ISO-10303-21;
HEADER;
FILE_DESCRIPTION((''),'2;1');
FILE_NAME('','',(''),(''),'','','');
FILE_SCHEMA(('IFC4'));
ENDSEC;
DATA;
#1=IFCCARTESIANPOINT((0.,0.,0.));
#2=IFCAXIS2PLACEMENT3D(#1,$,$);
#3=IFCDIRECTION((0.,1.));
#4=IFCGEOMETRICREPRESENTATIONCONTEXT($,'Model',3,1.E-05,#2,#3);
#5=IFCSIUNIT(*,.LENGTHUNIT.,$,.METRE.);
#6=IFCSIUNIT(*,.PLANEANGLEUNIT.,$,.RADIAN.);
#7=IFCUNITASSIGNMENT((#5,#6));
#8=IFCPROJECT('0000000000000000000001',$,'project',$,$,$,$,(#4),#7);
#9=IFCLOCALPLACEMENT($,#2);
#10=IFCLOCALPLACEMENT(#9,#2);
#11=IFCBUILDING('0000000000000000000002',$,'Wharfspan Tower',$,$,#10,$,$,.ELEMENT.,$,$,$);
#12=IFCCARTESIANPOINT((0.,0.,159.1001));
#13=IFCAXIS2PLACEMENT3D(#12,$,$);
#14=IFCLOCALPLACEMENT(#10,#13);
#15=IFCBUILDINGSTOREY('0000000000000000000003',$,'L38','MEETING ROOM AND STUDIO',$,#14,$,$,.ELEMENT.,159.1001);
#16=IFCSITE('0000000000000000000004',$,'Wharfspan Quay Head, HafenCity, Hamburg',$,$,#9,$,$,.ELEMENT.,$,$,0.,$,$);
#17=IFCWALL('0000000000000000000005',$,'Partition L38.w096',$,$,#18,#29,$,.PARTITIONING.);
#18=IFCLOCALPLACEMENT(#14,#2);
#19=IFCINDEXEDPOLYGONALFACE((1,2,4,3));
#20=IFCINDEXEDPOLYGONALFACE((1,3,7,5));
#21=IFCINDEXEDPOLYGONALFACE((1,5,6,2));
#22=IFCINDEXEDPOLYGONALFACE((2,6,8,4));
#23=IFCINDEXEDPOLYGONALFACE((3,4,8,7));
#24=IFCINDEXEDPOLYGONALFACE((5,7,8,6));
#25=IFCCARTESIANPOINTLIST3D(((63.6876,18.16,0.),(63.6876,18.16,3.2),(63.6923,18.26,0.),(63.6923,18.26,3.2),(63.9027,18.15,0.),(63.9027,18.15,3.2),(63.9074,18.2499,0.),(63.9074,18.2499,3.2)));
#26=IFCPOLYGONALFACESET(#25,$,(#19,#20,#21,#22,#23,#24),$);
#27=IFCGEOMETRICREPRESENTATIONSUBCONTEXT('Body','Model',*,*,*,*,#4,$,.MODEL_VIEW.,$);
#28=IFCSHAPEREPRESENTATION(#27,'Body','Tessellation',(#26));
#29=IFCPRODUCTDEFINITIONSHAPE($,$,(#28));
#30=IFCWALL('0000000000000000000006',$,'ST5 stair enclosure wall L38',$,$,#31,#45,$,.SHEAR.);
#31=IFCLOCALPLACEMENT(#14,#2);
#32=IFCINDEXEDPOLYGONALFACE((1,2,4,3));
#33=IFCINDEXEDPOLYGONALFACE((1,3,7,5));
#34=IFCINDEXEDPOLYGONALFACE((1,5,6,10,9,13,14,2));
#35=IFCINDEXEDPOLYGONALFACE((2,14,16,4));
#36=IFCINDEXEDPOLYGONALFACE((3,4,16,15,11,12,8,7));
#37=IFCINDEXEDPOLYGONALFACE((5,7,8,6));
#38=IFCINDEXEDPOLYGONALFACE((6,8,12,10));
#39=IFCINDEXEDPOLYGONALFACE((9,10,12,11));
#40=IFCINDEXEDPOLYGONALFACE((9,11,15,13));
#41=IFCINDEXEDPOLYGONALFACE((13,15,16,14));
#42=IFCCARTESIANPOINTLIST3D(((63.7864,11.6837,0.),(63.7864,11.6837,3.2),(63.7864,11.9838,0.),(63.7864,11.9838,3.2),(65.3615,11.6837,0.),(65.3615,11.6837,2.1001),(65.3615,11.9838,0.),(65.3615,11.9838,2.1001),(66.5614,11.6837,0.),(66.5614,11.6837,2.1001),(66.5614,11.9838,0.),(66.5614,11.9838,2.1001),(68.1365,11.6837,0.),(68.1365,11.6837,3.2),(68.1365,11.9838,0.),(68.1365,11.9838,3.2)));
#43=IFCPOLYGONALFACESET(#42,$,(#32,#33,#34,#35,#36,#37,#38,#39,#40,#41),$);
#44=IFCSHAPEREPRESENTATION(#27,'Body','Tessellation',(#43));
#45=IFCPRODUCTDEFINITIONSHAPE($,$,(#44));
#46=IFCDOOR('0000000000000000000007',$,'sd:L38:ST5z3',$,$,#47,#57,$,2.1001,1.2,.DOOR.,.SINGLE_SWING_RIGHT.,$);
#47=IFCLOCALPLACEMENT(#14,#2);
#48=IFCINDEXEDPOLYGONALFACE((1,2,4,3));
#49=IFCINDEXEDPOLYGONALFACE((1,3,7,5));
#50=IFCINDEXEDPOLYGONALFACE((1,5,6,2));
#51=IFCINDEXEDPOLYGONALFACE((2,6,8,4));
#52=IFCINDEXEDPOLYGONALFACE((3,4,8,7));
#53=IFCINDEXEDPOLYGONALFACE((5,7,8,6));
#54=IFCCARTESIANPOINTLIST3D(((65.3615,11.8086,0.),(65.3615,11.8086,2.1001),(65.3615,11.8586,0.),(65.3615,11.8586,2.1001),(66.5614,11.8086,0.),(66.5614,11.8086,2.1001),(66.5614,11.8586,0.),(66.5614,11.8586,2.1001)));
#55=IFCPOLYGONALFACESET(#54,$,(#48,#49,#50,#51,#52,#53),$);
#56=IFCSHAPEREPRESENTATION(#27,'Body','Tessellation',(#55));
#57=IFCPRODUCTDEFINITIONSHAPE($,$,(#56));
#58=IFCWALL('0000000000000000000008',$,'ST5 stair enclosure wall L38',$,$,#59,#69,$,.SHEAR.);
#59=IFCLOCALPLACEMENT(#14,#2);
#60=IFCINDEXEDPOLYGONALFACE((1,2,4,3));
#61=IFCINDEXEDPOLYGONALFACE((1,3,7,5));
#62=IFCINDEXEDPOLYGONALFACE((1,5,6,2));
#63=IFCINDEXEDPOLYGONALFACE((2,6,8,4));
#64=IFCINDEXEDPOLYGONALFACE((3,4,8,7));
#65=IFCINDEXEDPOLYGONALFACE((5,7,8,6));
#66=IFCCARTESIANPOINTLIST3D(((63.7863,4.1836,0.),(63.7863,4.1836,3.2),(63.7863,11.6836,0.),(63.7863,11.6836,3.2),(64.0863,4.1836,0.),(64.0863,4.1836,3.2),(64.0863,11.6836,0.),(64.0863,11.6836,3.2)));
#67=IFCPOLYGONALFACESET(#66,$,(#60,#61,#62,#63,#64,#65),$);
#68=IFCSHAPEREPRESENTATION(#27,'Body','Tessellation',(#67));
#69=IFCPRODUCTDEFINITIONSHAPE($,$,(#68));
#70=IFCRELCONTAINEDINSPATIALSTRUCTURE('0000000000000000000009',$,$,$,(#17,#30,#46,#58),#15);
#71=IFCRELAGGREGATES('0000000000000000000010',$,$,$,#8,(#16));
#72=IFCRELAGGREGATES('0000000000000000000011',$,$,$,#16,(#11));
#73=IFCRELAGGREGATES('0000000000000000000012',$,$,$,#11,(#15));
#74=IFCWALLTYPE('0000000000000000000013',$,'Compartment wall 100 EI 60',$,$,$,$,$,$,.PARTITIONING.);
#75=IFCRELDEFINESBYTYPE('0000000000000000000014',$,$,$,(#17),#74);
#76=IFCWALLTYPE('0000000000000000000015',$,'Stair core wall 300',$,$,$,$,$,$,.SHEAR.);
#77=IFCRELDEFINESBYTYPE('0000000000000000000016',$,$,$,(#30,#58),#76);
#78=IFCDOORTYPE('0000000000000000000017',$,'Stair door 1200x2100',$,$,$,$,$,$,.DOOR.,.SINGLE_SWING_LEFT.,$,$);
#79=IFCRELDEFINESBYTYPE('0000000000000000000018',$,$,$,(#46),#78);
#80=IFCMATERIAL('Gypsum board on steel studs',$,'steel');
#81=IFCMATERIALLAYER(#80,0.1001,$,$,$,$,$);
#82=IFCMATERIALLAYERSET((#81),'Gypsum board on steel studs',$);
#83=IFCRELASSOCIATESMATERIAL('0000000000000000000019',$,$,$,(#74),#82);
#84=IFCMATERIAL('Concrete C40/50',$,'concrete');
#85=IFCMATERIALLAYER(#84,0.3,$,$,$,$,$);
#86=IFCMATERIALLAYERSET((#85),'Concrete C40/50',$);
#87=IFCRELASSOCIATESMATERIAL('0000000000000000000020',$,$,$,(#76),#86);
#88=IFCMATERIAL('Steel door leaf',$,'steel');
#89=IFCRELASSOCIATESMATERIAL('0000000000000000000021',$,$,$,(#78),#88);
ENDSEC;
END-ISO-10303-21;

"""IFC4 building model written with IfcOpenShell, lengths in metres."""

from ifc_helpers import new_model, si_unit, direction, frame, frame_2d, origin, place, context, subcontext, project, spatial, rectangle, extrude, material, layer, layer_set, type_object, element, fill, save


model = new_model("IFC4")

# Units and contexts
model_context = context("Model", 3, precision=1e-05, world=origin(), true_north=direction((0.0, 1.0)))
body_context = subcontext(model_context, "Body", "Model", "MODEL_VIEW")
ifc_project = project(units=[si_unit("LENGTHUNIT", "METRE"), si_unit("PLANEANGLEUNIT", "RADIAN")], contexts=[model_context])

# Site, building, storey
site_placement = place(None, origin())
site = spatial("IfcSite", under=ifc_project, at=site_placement, Name="Wharfspan Quay Head, HafenCity, Hamburg", CompositionType="ELEMENT", RefElevation=0.0)
building_placement = place(site_placement, origin())
building = spatial("IfcBuilding", under=site, at=building_placement, Name="Wharfspan Tower", CompositionType="ELEMENT")
storey_placement = place(building_placement, frame((0.0, 0.0, 159.1001)))
storey = spatial("IfcBuildingStorey", under=building, at=storey_placement, Name="L38", Description="MEETING ROOM AND STUDIO", CompositionType="ELEMENT", Elevation=159.1001)

# Wall
ifc_material_1 = material(Name="Gypsum board on steel studs", Category="steel")
ifc_layer_1 = layer(ifc_material_1, 0.1001)
ifc_layer_set_1 = layer_set([ifc_layer_1], Name="Gypsum board on steel studs")
wall_type_1 = type_object("IfcWallType", Name="Compartment wall 100 EI 60", PredefinedType="PARTITIONING", material=ifc_layer_set_1)
wall_1_placement = place(storey_placement, frame((63.905, 18.2, 0.0), z_axis=(0.0, 0.0, 1.0), x_axis=(-0.998923, 0.046488, 0.0)))
element("IfcWall", 1, at=wall_1_placement, inside=storey, type_object=wall_type_1, Name="Partition L38.w096", PredefinedType="PARTITIONING", context=body_context, shape_type="SweptSolid", body=[
    extrude(rectangle(XDim=0.2153, YDim=0.1001, at=frame_2d((0.1077, 0.0))), origin(), (0.0, 0.0, 1.0), 3.2),
])

# Wall, opening, door
ifc_material_2 = material(Name="Concrete C40/50", Category="concrete")
ifc_layer_2 = layer(ifc_material_2, 0.3)
ifc_layer_set_2 = layer_set([ifc_layer_2], Name="Concrete C40/50")
wall_type_2 = type_object("IfcWallType", Name="Stair core wall 300", PredefinedType="SHEAR", material=ifc_layer_set_2)
wall_2_placement = place(storey_placement, frame((63.7864, 11.8337, 0.0), z_axis=(0.0, 0.0, 1.0), x_axis=(1.0, 0.0, 0.0)))
wall_2 = element("IfcWall", 2, at=wall_2_placement, inside=storey, type_object=wall_type_2, Name="ST5 stair enclosure wall L38", PredefinedType="SHEAR", context=body_context, shape_type="SweptSolid", body=[
    extrude(rectangle(XDim=4.3501, YDim=0.3, at=frame_2d((2.175, 0.0))), origin(), (0.0, 0.0, 1.0), 3.2),
])
opening_placement = place(wall_2_placement, frame((1.575, 0.0, 0.0)))
opening = element("IfcOpeningElement", 3, at=opening_placement, cuts=wall_2, PredefinedType="OPENING", context=body_context, shape_type="SweptSolid", body=[
    extrude(rectangle(XDim=1.2, YDim=2.1001, at=frame_2d((0.6001, 1.05))), frame((0.0, 0.1599, 0.0), z_axis=(0.0, -1.0, 0.0), x_axis=(1.0, 0.0, 0.0)), (0.0, 0.0, 1.0), 0.3201),
])
ifc_material_3 = material(Name="Steel door leaf", Category="steel")
door_type = type_object("IfcDoorType", Name="Stair door 1200x2100", OperationType="SINGLE_SWING_LEFT", PredefinedType="DOOR", material=ifc_material_3)
door_placement = place(opening_placement, origin())
door = element("IfcDoor", 4, at=door_placement, inside=storey, type_object=door_type, Name="sd:L38:ST5z3", OperationType="SINGLE_SWING_RIGHT", OverallHeight=2.1001, OverallWidth=1.2, PredefinedType="DOOR", context=body_context, shape_type="SweptSolid", body=[
    extrude(rectangle(XDim=1.2, YDim=2.1001, at=frame_2d((0.6001, 1.05))), frame((0.0, 0.0249, 0.0), z_axis=(0.0, -1.0, 0.0), x_axis=(1.0, 0.0, 0.0)), (0.0, 0.0, 1.0), 0.05),
])
fill(opening, door)

# Wall
wall_3_placement = place(storey_placement, frame((63.9363, 4.1836, 0.0), z_axis=(0.0, 0.0, 1.0), x_axis=(0.0, 1.0, 0.0)))
element("IfcWall", 5, at=wall_3_placement, inside=storey, type_object=wall_type_2, Name="ST5 stair enclosure wall L38", PredefinedType="SHEAR", context=body_context, shape_type="SweptSolid", body=[
    extrude(rectangle(XDim=7.5, YDim=0.3, at=frame_2d((3.75, 0.0))), origin(), (0.0, 0.0, 1.0), 3.2),
])

save(model, "model.ifc")
